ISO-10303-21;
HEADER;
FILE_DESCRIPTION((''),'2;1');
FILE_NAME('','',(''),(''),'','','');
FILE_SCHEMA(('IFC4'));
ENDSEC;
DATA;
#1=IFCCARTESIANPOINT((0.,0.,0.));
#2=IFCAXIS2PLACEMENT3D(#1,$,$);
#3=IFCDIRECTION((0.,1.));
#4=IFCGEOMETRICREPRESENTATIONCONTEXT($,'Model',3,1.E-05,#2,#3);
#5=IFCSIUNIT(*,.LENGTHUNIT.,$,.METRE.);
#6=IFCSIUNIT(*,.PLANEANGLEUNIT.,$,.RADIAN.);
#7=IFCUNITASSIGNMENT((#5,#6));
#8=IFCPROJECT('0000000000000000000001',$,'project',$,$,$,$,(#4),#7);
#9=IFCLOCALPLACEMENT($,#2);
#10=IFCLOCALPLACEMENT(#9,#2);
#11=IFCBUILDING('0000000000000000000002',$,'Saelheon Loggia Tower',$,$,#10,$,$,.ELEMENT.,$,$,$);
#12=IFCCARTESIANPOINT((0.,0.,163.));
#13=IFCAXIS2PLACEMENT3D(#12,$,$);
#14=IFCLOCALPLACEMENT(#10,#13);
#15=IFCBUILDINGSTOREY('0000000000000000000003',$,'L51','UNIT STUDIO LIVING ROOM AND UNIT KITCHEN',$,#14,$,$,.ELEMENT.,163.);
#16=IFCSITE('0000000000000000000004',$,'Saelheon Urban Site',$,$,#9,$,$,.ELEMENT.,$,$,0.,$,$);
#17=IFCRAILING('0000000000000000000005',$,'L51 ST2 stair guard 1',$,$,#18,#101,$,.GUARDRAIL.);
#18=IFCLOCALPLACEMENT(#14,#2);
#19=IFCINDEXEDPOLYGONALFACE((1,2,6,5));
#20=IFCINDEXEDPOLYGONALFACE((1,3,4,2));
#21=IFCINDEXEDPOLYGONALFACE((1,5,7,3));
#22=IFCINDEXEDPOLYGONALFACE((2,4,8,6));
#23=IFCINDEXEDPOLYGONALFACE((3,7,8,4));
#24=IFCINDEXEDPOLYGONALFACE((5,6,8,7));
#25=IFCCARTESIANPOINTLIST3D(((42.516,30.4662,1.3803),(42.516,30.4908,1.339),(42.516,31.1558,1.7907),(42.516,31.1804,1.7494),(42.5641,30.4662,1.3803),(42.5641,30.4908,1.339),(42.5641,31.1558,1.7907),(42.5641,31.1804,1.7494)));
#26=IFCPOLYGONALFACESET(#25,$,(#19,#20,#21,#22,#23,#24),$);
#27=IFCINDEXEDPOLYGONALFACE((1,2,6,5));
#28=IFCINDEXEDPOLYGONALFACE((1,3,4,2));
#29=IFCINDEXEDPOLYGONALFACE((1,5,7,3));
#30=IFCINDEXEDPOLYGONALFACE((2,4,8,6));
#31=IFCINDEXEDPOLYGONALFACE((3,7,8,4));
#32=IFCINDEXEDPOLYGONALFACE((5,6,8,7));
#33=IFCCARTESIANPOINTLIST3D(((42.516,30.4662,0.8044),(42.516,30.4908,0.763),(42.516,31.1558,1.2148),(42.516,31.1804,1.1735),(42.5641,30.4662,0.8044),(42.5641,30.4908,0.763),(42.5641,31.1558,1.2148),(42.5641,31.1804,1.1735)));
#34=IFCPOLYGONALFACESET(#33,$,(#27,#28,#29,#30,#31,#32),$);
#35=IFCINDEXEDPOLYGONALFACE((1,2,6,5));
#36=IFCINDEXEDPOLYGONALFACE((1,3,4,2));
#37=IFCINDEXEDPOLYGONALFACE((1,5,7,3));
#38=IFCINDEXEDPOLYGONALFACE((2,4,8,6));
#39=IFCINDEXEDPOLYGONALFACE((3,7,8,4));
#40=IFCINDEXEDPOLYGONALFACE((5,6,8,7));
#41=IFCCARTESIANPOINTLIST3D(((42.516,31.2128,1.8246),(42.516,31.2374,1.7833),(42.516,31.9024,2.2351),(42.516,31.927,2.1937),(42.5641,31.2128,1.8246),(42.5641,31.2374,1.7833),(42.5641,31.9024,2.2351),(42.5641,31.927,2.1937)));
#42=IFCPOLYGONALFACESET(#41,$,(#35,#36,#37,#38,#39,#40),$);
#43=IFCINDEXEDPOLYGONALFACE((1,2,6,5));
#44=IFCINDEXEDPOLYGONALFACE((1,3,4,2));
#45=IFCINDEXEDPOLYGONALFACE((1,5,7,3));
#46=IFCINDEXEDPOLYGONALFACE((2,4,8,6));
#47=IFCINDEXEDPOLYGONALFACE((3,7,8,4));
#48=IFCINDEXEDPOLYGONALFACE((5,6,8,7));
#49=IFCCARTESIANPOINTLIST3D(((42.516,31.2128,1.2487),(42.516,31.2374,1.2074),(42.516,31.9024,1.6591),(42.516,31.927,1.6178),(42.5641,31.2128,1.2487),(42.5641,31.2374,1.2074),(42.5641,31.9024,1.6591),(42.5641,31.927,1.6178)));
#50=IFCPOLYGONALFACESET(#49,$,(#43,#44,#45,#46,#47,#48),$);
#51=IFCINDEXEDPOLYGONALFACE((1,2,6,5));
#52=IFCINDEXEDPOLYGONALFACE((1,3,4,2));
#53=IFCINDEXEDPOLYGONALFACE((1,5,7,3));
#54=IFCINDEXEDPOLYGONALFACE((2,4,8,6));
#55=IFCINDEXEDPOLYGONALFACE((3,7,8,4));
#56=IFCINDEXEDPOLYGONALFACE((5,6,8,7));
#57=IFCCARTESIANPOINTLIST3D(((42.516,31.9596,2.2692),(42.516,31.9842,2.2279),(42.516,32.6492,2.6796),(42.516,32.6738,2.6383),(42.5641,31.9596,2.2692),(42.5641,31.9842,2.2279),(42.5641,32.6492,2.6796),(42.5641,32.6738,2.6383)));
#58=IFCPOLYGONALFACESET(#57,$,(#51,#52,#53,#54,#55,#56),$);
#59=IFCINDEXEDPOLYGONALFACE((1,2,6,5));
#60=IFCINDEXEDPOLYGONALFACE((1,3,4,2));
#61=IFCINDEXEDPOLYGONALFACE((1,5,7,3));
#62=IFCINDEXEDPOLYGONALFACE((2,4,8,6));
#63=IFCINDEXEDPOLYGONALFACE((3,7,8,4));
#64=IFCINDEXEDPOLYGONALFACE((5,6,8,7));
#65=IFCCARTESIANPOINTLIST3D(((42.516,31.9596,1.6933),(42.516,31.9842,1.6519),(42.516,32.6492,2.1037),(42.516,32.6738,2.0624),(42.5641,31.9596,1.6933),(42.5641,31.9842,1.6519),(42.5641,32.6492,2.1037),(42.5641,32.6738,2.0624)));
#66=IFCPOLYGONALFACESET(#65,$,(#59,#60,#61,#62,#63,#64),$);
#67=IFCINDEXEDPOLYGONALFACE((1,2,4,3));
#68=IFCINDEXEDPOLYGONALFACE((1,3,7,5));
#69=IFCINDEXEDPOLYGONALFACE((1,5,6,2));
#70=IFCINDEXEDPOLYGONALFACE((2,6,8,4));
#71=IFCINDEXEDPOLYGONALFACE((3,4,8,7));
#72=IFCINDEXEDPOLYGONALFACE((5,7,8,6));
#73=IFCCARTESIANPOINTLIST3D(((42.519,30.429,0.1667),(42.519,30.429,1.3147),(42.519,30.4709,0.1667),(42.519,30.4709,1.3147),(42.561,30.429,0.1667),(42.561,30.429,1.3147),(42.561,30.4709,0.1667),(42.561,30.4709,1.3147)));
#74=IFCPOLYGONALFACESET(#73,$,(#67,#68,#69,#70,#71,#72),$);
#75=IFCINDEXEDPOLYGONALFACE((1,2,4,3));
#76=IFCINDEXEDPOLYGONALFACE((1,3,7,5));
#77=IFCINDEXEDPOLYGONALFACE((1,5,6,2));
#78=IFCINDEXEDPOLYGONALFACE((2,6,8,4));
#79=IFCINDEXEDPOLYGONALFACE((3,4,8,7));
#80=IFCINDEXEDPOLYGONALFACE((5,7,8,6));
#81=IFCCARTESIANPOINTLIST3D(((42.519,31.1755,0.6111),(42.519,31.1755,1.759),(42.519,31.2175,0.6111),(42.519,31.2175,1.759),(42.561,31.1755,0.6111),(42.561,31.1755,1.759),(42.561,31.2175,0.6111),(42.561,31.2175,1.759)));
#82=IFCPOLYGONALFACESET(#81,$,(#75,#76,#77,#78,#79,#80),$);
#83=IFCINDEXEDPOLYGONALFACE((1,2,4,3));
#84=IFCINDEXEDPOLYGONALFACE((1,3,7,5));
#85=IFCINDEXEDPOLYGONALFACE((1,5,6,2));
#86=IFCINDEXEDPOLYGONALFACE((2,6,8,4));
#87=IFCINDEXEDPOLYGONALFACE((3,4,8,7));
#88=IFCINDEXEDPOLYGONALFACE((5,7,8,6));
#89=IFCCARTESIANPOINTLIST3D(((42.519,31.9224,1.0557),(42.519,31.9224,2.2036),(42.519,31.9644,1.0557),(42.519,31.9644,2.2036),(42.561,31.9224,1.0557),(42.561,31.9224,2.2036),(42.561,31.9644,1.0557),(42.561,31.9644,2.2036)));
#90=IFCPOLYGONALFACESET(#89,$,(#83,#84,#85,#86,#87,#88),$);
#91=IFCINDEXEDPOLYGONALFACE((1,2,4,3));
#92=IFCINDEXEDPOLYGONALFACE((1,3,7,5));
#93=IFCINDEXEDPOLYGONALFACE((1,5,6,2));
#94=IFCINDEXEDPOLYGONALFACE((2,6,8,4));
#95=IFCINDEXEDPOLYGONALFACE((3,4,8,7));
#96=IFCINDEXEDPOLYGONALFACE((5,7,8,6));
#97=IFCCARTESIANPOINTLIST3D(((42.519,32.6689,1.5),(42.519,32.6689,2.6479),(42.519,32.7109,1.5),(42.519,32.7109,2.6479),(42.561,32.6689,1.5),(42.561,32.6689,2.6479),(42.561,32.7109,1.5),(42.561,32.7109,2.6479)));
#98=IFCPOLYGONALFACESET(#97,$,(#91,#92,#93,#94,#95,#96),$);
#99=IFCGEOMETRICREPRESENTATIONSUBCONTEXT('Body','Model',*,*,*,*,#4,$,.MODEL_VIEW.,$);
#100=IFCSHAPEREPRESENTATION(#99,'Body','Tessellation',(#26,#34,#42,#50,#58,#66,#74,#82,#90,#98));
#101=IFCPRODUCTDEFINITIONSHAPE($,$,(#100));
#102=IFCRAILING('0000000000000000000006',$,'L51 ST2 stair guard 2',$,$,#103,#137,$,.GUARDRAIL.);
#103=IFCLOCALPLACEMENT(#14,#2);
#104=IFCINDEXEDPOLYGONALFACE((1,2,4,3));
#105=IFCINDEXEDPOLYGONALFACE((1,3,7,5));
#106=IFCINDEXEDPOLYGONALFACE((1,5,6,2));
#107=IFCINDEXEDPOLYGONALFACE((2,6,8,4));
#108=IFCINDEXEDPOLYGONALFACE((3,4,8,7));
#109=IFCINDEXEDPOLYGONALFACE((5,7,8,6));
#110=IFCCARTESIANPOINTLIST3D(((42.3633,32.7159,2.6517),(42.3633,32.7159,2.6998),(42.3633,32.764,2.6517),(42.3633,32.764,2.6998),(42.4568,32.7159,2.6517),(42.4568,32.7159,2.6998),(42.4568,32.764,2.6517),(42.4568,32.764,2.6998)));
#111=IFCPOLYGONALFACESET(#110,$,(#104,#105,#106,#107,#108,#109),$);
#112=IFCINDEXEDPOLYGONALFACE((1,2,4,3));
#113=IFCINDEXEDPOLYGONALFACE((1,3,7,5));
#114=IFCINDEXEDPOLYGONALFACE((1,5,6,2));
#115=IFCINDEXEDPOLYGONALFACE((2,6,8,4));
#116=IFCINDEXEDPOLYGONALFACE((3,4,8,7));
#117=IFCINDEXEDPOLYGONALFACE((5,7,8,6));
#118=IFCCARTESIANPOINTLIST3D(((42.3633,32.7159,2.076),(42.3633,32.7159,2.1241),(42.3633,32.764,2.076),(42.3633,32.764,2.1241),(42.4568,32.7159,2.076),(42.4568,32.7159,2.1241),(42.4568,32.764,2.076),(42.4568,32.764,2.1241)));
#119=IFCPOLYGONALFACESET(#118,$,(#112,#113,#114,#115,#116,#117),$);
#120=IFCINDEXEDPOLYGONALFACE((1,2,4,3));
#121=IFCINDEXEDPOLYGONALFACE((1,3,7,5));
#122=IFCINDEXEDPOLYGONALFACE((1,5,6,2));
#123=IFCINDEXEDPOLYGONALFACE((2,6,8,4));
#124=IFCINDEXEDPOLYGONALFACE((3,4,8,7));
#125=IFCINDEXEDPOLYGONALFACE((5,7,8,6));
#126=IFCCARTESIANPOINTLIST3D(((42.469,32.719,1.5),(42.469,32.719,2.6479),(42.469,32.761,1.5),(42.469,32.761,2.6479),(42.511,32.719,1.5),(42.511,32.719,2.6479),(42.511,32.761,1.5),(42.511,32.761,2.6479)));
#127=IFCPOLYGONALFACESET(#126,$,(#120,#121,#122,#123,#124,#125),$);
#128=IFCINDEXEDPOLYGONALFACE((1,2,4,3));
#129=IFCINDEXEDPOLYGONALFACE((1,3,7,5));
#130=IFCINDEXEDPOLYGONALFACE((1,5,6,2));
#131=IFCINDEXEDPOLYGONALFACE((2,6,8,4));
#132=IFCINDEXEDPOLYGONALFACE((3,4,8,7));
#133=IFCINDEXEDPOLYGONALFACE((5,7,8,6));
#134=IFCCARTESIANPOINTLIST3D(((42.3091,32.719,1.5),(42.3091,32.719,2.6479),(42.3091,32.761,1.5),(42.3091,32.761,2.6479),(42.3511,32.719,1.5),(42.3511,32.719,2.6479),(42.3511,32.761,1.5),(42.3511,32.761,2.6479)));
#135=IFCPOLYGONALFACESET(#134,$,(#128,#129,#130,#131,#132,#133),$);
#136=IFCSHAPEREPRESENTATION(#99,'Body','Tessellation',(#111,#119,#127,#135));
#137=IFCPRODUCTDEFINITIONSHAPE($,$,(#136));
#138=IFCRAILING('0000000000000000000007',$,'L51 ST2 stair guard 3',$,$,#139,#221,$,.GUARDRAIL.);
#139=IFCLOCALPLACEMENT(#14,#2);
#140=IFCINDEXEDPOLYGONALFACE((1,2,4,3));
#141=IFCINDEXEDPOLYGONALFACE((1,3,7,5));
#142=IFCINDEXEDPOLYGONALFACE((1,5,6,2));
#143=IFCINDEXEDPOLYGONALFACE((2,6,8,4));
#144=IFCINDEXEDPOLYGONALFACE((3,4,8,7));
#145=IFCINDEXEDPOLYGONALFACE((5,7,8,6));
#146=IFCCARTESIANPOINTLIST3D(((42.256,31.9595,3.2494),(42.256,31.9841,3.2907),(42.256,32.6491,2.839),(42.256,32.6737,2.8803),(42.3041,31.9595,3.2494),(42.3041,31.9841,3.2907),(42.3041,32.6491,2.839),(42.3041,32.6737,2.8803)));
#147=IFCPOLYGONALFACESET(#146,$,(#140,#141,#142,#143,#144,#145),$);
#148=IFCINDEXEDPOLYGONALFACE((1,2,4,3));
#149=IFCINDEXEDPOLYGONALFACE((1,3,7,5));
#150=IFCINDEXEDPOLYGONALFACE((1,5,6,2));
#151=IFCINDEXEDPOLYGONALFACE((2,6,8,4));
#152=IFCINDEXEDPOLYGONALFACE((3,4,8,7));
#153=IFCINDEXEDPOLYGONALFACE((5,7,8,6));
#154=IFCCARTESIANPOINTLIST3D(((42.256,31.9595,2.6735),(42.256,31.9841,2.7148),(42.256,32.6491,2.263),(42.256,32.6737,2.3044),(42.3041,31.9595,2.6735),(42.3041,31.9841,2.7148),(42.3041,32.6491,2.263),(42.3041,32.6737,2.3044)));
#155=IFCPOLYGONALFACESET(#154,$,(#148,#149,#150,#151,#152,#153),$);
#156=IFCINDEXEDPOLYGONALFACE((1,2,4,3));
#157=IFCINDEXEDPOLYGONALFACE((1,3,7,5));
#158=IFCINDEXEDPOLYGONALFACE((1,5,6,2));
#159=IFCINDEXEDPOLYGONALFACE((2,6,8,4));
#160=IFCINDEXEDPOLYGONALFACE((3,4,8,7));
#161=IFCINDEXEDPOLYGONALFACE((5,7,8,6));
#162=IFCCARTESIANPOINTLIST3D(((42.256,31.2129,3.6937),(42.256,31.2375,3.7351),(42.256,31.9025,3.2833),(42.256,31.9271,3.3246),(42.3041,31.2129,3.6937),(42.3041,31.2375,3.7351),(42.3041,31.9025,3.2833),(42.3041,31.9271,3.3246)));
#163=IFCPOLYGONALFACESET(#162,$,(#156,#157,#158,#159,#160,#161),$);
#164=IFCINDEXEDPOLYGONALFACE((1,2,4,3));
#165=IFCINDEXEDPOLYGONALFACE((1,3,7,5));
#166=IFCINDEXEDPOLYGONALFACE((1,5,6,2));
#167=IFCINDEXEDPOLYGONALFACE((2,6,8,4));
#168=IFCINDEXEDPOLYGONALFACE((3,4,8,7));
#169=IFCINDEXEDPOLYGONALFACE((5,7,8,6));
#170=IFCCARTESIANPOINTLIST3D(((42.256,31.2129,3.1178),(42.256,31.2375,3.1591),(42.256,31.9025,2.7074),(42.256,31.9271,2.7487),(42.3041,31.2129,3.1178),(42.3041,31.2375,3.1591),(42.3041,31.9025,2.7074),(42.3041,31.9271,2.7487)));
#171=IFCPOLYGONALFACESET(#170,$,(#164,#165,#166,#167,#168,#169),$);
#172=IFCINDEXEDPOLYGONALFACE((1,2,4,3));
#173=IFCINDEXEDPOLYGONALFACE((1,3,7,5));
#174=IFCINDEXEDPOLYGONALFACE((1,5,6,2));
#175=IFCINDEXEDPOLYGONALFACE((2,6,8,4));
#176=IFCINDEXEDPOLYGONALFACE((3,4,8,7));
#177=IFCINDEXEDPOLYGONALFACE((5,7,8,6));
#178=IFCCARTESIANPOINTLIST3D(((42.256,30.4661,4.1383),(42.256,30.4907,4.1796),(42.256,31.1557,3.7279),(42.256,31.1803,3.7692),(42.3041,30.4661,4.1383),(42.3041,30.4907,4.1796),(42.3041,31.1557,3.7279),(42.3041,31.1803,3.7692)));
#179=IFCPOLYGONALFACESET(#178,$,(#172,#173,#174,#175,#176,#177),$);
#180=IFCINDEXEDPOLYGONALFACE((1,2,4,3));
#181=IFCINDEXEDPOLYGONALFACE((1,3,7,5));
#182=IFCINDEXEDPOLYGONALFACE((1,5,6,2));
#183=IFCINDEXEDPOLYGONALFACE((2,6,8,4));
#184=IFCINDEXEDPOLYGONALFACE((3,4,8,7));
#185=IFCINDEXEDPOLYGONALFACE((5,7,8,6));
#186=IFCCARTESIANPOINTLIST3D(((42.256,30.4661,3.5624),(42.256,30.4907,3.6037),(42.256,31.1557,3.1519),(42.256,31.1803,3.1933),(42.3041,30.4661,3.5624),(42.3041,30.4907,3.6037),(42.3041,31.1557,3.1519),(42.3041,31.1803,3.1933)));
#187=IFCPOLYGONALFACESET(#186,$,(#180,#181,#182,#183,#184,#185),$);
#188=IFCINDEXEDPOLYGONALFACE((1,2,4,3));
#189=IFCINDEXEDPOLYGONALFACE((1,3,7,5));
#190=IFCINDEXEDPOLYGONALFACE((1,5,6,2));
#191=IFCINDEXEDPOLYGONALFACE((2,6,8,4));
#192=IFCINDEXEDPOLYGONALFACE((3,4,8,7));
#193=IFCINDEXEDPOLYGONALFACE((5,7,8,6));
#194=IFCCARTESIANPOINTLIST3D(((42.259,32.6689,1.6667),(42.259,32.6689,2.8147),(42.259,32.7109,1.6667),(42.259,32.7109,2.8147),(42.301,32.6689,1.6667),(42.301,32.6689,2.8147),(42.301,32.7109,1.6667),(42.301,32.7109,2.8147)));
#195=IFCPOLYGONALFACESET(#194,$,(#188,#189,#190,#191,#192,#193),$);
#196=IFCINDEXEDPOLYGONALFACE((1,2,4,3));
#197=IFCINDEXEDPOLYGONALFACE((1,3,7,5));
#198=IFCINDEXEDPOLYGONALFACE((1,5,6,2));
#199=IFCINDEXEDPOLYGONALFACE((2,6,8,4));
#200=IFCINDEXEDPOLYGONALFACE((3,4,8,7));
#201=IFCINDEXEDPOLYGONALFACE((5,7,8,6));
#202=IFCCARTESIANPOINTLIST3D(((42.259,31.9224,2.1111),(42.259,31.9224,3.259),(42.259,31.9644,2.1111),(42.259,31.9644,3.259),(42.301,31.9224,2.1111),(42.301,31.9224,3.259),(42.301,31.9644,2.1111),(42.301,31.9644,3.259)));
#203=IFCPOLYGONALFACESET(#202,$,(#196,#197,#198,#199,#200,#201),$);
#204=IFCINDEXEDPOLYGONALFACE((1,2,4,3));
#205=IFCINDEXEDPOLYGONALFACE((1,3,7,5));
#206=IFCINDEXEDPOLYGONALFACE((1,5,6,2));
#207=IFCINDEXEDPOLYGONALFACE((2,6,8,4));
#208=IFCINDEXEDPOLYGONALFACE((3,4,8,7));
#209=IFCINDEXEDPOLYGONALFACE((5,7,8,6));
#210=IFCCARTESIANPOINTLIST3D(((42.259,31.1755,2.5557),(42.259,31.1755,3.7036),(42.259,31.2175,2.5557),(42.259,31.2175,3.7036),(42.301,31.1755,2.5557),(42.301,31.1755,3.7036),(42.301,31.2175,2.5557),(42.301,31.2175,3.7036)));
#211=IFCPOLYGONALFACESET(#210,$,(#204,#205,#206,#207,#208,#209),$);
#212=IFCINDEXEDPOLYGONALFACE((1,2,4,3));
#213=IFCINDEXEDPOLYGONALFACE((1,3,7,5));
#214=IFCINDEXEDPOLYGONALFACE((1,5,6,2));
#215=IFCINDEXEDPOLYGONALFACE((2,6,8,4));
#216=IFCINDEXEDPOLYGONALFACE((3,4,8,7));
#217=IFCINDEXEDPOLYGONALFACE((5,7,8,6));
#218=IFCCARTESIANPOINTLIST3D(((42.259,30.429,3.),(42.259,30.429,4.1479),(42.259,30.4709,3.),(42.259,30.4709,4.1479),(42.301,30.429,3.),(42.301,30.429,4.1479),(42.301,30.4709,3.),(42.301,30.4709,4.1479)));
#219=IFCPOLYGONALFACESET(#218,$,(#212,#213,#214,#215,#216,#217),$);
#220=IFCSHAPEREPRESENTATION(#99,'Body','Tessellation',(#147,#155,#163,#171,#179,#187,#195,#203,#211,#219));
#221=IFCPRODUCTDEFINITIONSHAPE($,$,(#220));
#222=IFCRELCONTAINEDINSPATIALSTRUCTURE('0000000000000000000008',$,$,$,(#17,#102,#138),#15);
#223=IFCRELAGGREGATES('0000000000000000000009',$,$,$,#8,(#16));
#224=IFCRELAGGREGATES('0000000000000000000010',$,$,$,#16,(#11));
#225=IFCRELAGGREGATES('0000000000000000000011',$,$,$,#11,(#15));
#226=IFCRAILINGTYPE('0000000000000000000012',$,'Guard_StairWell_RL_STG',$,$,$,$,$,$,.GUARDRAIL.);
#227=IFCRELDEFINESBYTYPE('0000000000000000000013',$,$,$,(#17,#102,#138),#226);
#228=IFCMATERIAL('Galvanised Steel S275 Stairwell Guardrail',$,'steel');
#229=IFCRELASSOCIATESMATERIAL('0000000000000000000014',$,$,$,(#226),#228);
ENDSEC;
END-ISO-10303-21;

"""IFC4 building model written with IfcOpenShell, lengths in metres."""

from ifc_helpers import new_model, si_unit, direction, frame, origin, origin_2d, place, context, subcontext, project, spatial, rectangle, extrude, material, type_object, element, save


model = new_model("IFC4")

# Units and contexts
model_context = context("Model", 3, precision=1e-05, world=origin(), true_north=direction((0.0, 1.0)))
body_context = subcontext(model_context, "Body", "Model", "MODEL_VIEW")
ifc_project = project(units=[si_unit("LENGTHUNIT", "METRE"), si_unit("PLANEANGLEUNIT", "RADIAN")], contexts=[model_context])

# Site, building, storey
site_placement = place(None, origin())
site = spatial("IfcSite", under=ifc_project, at=site_placement, Name="Saelheon Urban Site", CompositionType="ELEMENT", RefElevation=0.0)
building_placement = place(site_placement, origin())
building = spatial("IfcBuilding", under=site, at=building_placement, Name="Saelheon Loggia Tower", CompositionType="ELEMENT")
storey_placement = place(building_placement, frame((0.0, 0.0, 163.0)))
storey = spatial("IfcBuildingStorey", under=building, at=storey_placement, Name="L51", Description="UNIT STUDIO LIVING ROOM AND UNIT KITCHEN", CompositionType="ELEMENT", Elevation=163.0)

# Railings
ifc_material_1 = material(Name="Galvanised Steel S275 Stairwell Guardrail", Category="steel")
railing_type_1 = type_object("IfcRailingType", Name="Guard_StairWell_RL_STG", PredefinedType="GUARDRAIL", material=ifc_material_1)
railing_1_placement = place(storey_placement, frame((42.54, 30.45, 0.1667)))
element("IfcRailing", 1, at=railing_1_placement, inside=storey, type_object=railing_type_1, Name="L51 ST2 stair guard 1", PredefinedType="GUARDRAIL", context=body_context, shape_type="SweptSolid", body=[
    extrude(rectangle(XDim=0.0481, YDim=0.0481, at=origin_2d()), frame((0.0, 0.0286, 1.1929), z_axis=(0.0, 0.859306, 0.511462), x_axis=(-1.0, 0.0, 0.0)), (0.0, 0.0, 1.0), 0.8025),
    extrude(rectangle(XDim=0.0481, YDim=0.0481, at=origin_2d()), frame((0.0, 0.0286, 0.6169), z_axis=(0.0, 0.859306, 0.511462), x_axis=(-1.0, 0.0, 0.0)), (0.0, 0.0, 1.0), 0.8025),
    extrude(rectangle(XDim=0.0481, YDim=0.0481, at=origin_2d()), frame((0.0, 0.7751, 1.6372), z_axis=(0.0, 0.859306, 0.511462), x_axis=(-1.0, 0.0, 0.0)), (0.0, 0.0, 1.0), 0.8025),
    extrude(rectangle(XDim=0.0481, YDim=0.0481, at=origin_2d()), frame((0.0, 0.7751, 1.0613), z_axis=(0.0, 0.859306, 0.511462), x_axis=(-1.0, 0.0, 0.0)), (0.0, 0.0, 1.0), 0.8025),
    extrude(rectangle(XDim=0.0481, YDim=0.0481, at=origin_2d()), frame((0.0, 1.522, 2.0818), z_axis=(0.0, 0.859306, 0.511462), x_axis=(-1.0, 0.0, 0.0)), (0.0, 0.0, 1.0), 0.8025),
    extrude(rectangle(XDim=0.0481, YDim=0.0481, at=origin_2d()), frame((0.0, 1.522, 1.5059), z_axis=(0.0, 0.859306, 0.511462), x_axis=(-1.0, 0.0, 0.0)), (0.0, 0.0, 1.0), 0.8025),
    extrude(rectangle(XDim=0.042, YDim=0.042, at=origin_2d()), origin(), (0.0, 0.0, 1.0), 1.1479),
    extrude(rectangle(XDim=0.042, YDim=0.042, at=origin_2d()), frame((0.0, 0.7466, 0.4443)), (0.0, 0.0, 1.0), 1.1479),
    extrude(rectangle(XDim=0.042, YDim=0.042, at=origin_2d()), frame((0.0, 1.4934, 0.8889)), (0.0, 0.0, 1.0), 1.1479),
    extrude(rectangle(XDim=0.042, YDim=0.042, at=origin_2d()), frame((0.0, 2.24, 1.3333)), (0.0, 0.0, 1.0), 1.1479),
])
railing_2_placement = place(storey_placement, frame((42.49, 32.74, 1.5)))
element("IfcRailing", 2, at=railing_2_placement, inside=storey, type_object=railing_type_1, Name="L51 ST2 stair guard 2", PredefinedType="GUARDRAIL", context=body_context, shape_type="SweptSolid", body=[
    extrude(rectangle(XDim=0.0481, YDim=0.0481, at=origin_2d()), frame((-0.0332, 0.0, 1.1758), z_axis=(-1.0, 0.0, 0.0), x_axis=(0.0, -1.0, 0.0)), (0.0, 0.0, 1.0), 0.0935),
    extrude(rectangle(XDim=0.0481, YDim=0.0481, at=origin_2d()), frame((-0.0332, 0.0, 0.6001), z_axis=(-1.0, 0.0, 0.0), x_axis=(0.0, -1.0, 0.0)), (0.0, 0.0, 1.0), 0.0935),
    extrude(rectangle(XDim=0.042, YDim=0.042, at=origin_2d()), origin(), (0.0, 0.0, 1.0), 1.1479),
    extrude(rectangle(XDim=0.042, YDim=0.042, at=origin_2d()), frame((-0.1599, 0.0, 0.0)), (0.0, 0.0, 1.0), 1.1479),
])
railing_3_placement = place(storey_placement, frame((42.28, 32.6899, 1.6667)))
element("IfcRailing", 3, at=railing_3_placement, inside=storey, type_object=railing_type_1, Name="L51 ST2 stair guard 3", PredefinedType="GUARDRAIL", context=body_context, shape_type="SweptSolid", body=[
    extrude(rectangle(XDim=0.0481, YDim=0.0481, at=origin_2d()), frame((0.0, -0.0286, 1.1929), z_axis=(0.0, -0.859306, 0.511462), x_axis=(1.0, 0.0, 0.0)), (0.0, 0.0, 1.0), 0.8025),
    extrude(rectangle(XDim=0.0481, YDim=0.0481, at=origin_2d()), frame((0.0, -0.0286, 0.6169), z_axis=(0.0, -0.859306, 0.511462), x_axis=(1.0, 0.0, 0.0)), (0.0, 0.0, 1.0), 0.8025),
    extrude(rectangle(XDim=0.0481, YDim=0.0481, at=origin_2d()), frame((0.0, -0.7751, 1.6372), z_axis=(0.0, -0.859306, 0.511462), x_axis=(1.0, 0.0, 0.0)), (0.0, 0.0, 1.0), 0.8025),
    extrude(rectangle(XDim=0.0481, YDim=0.0481, at=origin_2d()), frame((0.0, -0.7751, 1.0613), z_axis=(0.0, -0.859306, 0.511462), x_axis=(1.0, 0.0, 0.0)), (0.0, 0.0, 1.0), 0.8025),
    extrude(rectangle(XDim=0.0481, YDim=0.0481, at=origin_2d()), frame((0.0, -1.522, 2.0818), z_axis=(0.0, -0.859306, 0.511462), x_axis=(1.0, 0.0, 0.0)), (0.0, 0.0, 1.0), 0.8025),
    extrude(rectangle(XDim=0.0481, YDim=0.0481, at=origin_2d()), frame((0.0, -1.522, 1.5059), z_axis=(0.0, -0.859306, 0.511462), x_axis=(1.0, 0.0, 0.0)), (0.0, 0.0, 1.0), 0.8025),
    extrude(rectangle(XDim=0.042, YDim=0.042, at=origin_2d()), origin(), (0.0, 0.0, 1.0), 1.1479),
    extrude(rectangle(XDim=0.042, YDim=0.042, at=origin_2d()), frame((0.0, -0.7466, 0.4443)), (0.0, 0.0, 1.0), 1.1479),
    extrude(rectangle(XDim=0.042, YDim=0.042, at=origin_2d()), frame((0.0, -1.4934, 0.8889)), (0.0, 0.0, 1.0), 1.1479),
    extrude(rectangle(XDim=0.042, YDim=0.042, at=origin_2d()), frame((0.0, -2.24, 1.3333)), (0.0, 0.0, 1.0), 1.1479),
])

save(model, "model.ifc")
